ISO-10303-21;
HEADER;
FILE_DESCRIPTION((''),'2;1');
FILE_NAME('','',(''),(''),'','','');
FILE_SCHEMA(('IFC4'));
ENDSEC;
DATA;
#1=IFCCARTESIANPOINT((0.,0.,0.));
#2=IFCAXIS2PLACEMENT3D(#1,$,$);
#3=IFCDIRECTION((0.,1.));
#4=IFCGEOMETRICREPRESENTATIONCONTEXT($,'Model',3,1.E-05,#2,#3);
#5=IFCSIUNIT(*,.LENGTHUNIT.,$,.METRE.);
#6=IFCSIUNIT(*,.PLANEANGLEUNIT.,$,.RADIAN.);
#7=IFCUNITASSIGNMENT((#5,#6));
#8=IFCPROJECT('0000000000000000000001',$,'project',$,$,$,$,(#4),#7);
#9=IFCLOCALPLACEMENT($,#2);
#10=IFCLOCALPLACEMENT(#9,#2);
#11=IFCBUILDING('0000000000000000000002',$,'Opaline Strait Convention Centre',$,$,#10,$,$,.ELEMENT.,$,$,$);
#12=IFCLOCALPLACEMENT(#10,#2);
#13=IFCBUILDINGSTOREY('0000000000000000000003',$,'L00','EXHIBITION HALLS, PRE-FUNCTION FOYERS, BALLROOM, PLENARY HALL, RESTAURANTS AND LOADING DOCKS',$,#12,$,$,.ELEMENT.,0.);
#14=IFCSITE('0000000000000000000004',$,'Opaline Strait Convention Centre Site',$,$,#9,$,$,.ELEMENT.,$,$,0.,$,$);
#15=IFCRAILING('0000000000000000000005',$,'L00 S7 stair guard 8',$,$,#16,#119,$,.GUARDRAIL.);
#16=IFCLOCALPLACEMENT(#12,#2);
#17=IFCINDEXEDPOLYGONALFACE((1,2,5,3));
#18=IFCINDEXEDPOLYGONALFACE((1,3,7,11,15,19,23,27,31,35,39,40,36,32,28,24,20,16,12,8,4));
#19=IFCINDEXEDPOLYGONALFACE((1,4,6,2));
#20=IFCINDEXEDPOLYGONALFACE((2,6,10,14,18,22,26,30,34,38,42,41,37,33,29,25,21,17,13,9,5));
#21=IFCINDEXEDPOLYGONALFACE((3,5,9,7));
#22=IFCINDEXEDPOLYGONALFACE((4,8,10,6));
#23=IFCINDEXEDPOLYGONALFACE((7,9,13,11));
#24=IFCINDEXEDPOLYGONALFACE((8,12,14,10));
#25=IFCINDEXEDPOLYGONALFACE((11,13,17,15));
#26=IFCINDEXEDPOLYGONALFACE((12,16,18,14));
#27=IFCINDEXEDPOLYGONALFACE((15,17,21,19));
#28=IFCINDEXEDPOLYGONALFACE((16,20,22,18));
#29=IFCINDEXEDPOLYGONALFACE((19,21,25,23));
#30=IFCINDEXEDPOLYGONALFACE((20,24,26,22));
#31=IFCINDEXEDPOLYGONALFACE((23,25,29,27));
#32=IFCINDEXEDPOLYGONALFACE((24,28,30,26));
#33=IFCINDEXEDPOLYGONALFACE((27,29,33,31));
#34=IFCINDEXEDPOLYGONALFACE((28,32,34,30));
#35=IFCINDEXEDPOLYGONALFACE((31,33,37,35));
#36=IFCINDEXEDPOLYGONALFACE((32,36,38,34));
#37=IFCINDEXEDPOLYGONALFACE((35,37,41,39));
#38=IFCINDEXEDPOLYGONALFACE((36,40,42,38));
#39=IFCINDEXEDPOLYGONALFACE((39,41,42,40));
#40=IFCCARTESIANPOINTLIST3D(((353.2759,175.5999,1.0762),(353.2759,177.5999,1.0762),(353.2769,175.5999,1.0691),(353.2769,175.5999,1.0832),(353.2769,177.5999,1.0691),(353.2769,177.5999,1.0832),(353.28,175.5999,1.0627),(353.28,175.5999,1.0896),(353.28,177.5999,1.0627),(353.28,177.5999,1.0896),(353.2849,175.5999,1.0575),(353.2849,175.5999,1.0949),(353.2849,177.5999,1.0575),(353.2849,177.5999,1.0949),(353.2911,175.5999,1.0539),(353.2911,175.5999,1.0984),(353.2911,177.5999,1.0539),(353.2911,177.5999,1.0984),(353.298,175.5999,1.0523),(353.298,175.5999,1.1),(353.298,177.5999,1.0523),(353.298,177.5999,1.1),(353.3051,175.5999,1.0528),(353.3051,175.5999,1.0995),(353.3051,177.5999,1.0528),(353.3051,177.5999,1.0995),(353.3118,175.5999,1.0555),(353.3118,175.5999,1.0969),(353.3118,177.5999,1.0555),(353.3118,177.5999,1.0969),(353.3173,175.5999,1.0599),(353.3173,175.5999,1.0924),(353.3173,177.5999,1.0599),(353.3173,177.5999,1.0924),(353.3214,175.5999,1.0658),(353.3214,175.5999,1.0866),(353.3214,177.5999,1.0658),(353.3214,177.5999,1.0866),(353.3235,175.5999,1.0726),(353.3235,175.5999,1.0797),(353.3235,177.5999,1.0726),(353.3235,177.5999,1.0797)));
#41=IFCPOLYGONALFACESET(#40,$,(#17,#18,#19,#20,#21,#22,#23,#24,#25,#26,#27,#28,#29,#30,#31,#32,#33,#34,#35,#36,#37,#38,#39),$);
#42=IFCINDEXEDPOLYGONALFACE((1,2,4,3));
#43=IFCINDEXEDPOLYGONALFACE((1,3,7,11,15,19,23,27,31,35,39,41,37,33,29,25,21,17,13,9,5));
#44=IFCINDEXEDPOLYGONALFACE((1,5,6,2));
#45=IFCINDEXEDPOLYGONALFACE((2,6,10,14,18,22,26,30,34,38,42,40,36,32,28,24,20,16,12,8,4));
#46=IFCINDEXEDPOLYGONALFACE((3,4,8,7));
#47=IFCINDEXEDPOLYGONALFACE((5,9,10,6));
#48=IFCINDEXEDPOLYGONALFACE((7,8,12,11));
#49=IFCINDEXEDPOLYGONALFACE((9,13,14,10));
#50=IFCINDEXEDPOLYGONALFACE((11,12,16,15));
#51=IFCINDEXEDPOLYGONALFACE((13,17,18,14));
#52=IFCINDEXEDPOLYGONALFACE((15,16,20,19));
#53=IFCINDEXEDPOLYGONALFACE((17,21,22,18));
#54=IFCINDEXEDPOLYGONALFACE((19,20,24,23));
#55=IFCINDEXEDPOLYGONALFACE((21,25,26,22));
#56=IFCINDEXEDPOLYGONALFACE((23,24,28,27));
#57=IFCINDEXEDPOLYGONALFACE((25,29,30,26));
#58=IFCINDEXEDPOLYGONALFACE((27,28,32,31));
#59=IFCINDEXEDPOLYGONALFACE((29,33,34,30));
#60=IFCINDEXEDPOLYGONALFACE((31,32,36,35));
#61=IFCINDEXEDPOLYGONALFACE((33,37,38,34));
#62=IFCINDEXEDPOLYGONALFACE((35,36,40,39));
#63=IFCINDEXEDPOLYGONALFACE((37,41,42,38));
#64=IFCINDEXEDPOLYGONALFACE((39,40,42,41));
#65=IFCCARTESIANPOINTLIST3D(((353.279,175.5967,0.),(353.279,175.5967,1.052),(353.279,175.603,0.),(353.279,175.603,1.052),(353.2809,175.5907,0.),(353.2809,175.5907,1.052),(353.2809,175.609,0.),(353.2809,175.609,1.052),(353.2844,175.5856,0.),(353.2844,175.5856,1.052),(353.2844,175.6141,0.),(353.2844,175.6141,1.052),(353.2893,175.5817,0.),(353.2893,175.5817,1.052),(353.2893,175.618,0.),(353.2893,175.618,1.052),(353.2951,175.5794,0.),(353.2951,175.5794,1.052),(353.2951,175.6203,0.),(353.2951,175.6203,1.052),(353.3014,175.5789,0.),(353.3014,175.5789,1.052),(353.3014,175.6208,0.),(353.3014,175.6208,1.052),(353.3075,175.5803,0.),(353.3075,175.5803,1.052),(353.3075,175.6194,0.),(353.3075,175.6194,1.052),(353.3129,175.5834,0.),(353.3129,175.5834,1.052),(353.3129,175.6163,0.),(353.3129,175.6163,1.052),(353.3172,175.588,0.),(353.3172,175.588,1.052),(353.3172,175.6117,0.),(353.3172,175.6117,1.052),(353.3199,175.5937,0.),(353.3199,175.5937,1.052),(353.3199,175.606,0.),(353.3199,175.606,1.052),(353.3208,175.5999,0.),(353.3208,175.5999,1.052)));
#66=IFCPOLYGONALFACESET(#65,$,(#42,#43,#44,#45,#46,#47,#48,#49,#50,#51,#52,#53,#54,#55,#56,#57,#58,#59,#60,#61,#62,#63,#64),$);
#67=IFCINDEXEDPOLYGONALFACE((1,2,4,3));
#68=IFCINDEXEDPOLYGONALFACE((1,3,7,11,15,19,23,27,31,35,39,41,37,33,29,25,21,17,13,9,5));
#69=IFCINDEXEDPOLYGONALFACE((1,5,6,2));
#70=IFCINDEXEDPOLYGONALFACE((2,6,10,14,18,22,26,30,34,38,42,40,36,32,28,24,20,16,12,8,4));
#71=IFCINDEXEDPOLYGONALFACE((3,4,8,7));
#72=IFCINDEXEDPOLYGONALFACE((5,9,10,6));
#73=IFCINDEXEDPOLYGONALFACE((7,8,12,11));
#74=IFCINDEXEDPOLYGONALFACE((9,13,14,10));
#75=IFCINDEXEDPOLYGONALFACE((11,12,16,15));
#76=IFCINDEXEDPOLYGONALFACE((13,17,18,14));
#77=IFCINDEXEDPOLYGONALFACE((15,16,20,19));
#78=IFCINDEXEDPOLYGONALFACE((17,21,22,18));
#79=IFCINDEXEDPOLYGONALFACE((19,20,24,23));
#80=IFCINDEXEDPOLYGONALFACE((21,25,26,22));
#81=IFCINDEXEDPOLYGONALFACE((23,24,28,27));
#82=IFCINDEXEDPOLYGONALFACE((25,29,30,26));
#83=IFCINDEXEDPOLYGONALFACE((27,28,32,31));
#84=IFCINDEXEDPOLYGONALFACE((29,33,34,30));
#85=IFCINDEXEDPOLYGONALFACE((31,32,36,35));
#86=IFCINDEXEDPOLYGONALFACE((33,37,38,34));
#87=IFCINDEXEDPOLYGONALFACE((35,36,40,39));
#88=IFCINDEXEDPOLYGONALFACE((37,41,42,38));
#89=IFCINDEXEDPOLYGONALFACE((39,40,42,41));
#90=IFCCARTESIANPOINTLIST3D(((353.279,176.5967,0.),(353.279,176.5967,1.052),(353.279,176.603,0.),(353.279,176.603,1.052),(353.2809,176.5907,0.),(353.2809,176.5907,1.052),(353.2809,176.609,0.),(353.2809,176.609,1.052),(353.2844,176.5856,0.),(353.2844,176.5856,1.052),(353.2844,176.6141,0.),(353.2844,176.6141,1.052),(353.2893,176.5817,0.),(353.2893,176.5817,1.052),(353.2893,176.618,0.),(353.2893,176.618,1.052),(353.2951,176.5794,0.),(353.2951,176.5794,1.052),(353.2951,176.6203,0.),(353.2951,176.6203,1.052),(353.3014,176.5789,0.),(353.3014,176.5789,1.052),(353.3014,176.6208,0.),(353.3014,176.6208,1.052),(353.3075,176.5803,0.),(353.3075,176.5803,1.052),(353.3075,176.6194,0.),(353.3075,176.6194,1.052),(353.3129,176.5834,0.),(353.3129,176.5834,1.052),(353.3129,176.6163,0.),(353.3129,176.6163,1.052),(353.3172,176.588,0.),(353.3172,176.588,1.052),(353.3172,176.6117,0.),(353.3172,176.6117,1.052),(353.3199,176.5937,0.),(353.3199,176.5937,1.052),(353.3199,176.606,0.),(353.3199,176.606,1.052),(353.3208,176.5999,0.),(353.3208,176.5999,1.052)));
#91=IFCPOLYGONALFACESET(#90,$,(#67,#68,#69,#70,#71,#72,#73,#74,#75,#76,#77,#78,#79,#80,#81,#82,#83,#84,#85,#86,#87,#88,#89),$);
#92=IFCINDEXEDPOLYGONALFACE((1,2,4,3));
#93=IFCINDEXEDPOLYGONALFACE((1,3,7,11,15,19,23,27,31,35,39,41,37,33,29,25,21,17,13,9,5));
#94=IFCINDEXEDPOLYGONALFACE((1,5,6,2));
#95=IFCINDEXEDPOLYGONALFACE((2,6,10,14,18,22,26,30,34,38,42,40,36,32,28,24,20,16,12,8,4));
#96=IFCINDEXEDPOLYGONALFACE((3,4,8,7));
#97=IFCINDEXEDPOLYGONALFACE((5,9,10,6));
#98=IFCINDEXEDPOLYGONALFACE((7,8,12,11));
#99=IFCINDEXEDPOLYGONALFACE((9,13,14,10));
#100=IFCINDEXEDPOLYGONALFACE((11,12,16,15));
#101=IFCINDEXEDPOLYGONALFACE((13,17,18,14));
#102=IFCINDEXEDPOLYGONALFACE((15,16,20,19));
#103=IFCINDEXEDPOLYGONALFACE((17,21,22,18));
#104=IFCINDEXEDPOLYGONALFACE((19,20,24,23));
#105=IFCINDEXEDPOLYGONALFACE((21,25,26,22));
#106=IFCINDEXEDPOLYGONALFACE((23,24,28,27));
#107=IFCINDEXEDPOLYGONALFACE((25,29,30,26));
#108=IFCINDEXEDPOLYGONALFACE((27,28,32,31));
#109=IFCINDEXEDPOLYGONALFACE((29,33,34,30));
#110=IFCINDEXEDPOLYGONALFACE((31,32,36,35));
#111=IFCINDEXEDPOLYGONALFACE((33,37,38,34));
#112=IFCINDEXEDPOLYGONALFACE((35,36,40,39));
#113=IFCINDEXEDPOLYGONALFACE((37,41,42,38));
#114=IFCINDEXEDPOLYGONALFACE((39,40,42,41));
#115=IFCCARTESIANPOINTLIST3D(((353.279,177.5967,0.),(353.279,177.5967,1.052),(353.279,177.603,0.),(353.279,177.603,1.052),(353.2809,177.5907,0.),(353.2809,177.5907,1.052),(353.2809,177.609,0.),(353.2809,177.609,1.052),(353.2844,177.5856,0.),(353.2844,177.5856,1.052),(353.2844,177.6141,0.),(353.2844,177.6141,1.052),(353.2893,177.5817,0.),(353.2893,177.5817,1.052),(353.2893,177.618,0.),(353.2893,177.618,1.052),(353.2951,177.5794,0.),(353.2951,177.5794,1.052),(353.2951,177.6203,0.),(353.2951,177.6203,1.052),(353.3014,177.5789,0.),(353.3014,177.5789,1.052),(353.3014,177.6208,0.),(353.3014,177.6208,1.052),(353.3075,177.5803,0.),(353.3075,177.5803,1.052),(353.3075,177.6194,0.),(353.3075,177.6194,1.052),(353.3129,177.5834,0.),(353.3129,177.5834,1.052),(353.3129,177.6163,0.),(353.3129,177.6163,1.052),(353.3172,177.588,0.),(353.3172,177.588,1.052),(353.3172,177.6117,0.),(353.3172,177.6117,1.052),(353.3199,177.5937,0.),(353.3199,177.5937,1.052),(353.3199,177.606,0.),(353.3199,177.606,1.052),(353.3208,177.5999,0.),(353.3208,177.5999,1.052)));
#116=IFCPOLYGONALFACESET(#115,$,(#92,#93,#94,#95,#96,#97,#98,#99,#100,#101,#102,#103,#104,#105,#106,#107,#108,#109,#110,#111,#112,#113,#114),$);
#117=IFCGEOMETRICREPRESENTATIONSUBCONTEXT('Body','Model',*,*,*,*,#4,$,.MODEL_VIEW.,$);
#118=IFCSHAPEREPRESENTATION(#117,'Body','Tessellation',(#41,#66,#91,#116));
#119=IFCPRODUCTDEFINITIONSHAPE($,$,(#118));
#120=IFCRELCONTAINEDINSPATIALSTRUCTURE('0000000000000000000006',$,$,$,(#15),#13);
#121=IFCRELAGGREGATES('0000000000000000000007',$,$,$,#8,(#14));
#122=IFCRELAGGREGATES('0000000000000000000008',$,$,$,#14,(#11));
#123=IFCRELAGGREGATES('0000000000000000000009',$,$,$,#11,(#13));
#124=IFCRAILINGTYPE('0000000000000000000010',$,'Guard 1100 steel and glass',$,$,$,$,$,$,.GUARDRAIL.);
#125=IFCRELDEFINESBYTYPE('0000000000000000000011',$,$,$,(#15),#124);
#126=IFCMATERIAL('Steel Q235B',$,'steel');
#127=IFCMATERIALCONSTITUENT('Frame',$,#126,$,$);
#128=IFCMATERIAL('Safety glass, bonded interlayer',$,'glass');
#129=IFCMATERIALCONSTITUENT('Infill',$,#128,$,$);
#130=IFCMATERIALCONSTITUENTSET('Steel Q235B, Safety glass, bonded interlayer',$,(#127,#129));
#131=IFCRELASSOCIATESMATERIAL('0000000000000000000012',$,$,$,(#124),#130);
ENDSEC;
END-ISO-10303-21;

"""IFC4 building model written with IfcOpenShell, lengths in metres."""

from ifc_helpers import new_model, si_unit, direction, frame, origin, origin_2d, place, context, subcontext, project, spatial, circle, extrude, material, constituent, constituent_set, type_object, element, save


model = new_model("IFC4")

# Units and contexts
model_context = context("Model", 3, precision=1e-05, world=origin(), true_north=direction((0.0, 1.0)))
body_context = subcontext(model_context, "Body", "Model", "MODEL_VIEW")
ifc_project = project(units=[si_unit("LENGTHUNIT", "METRE"), si_unit("PLANEANGLEUNIT", "RADIAN")], contexts=[model_context])

# Site, building, storey
site_placement = place(None, origin())
site = spatial("IfcSite", under=ifc_project, at=site_placement, Name="Opaline Strait Convention Centre Site", CompositionType="ELEMENT", RefElevation=0.0)
building_placement = place(site_placement, origin())
building = spatial("IfcBuilding", under=site, at=building_placement, Name="Opaline Strait Convention Centre", CompositionType="ELEMENT")
storey_placement = place(building_placement, origin())
storey = spatial("IfcBuildingStorey", under=building, at=storey_placement, Name="L00", Description="EXHIBITION HALLS, PRE-FUNCTION FOYERS, BALLROOM, PLENARY HALL, RESTAURANTS AND LOADING DOCKS", CompositionType="ELEMENT", Elevation=0.0)

# Shared definitions
ifc_material_1 = material(Name="Steel Q235B", Category="steel")

# Railing
ifc_constituent_1 = constituent(ifc_material_1, Name="Frame")
ifc_material_2 = material(Name="Safety glass, bonded interlayer", Category="glass")
ifc_constituent_2 = constituent(ifc_material_2, Name="Infill")
ifc_constituent_set = constituent_set(constituents=[ifc_constituent_1, ifc_constituent_2], Name="Steel Q235B, Safety glass, bonded interlayer")
railing_type_1 = type_object("IfcRailingType", Name="Guard 1100 steel and glass", PredefinedType="GUARDRAIL", material=ifc_constituent_set)
railing_1_placement = place(storey_placement, frame((353.2998, 175.5999, 0.0)))
element("IfcRailing", 1, at=railing_1_placement, inside=storey, type_object=railing_type_1, Name="L00 S7 stair guard 8", PredefinedType="GUARDRAIL", context=body_context, shape_type="SweptSolid", body=[
    extrude(circle(Radius=0.0239, at=origin_2d()), frame((0.0, 0.0, 1.0762), z_axis=(0.0, 1.0, 0.0), x_axis=(-1.0, 0.0, 0.0)), (0.0, 0.0, 1.0), 2.0),
    extrude(circle(Radius=0.021, at=origin_2d()), origin(), (0.0, 0.0, 1.0), 1.052),
    extrude(circle(Radius=0.021, at=origin_2d()), frame((0.0, 1.0, 0.0)), (0.0, 0.0, 1.0), 1.052),
    extrude(circle(Radius=0.021, at=origin_2d()), frame((0.0, 2.0, 0.0)), (0.0, 0.0, 1.0), 1.052),
])

save(model, "model.ifc")
